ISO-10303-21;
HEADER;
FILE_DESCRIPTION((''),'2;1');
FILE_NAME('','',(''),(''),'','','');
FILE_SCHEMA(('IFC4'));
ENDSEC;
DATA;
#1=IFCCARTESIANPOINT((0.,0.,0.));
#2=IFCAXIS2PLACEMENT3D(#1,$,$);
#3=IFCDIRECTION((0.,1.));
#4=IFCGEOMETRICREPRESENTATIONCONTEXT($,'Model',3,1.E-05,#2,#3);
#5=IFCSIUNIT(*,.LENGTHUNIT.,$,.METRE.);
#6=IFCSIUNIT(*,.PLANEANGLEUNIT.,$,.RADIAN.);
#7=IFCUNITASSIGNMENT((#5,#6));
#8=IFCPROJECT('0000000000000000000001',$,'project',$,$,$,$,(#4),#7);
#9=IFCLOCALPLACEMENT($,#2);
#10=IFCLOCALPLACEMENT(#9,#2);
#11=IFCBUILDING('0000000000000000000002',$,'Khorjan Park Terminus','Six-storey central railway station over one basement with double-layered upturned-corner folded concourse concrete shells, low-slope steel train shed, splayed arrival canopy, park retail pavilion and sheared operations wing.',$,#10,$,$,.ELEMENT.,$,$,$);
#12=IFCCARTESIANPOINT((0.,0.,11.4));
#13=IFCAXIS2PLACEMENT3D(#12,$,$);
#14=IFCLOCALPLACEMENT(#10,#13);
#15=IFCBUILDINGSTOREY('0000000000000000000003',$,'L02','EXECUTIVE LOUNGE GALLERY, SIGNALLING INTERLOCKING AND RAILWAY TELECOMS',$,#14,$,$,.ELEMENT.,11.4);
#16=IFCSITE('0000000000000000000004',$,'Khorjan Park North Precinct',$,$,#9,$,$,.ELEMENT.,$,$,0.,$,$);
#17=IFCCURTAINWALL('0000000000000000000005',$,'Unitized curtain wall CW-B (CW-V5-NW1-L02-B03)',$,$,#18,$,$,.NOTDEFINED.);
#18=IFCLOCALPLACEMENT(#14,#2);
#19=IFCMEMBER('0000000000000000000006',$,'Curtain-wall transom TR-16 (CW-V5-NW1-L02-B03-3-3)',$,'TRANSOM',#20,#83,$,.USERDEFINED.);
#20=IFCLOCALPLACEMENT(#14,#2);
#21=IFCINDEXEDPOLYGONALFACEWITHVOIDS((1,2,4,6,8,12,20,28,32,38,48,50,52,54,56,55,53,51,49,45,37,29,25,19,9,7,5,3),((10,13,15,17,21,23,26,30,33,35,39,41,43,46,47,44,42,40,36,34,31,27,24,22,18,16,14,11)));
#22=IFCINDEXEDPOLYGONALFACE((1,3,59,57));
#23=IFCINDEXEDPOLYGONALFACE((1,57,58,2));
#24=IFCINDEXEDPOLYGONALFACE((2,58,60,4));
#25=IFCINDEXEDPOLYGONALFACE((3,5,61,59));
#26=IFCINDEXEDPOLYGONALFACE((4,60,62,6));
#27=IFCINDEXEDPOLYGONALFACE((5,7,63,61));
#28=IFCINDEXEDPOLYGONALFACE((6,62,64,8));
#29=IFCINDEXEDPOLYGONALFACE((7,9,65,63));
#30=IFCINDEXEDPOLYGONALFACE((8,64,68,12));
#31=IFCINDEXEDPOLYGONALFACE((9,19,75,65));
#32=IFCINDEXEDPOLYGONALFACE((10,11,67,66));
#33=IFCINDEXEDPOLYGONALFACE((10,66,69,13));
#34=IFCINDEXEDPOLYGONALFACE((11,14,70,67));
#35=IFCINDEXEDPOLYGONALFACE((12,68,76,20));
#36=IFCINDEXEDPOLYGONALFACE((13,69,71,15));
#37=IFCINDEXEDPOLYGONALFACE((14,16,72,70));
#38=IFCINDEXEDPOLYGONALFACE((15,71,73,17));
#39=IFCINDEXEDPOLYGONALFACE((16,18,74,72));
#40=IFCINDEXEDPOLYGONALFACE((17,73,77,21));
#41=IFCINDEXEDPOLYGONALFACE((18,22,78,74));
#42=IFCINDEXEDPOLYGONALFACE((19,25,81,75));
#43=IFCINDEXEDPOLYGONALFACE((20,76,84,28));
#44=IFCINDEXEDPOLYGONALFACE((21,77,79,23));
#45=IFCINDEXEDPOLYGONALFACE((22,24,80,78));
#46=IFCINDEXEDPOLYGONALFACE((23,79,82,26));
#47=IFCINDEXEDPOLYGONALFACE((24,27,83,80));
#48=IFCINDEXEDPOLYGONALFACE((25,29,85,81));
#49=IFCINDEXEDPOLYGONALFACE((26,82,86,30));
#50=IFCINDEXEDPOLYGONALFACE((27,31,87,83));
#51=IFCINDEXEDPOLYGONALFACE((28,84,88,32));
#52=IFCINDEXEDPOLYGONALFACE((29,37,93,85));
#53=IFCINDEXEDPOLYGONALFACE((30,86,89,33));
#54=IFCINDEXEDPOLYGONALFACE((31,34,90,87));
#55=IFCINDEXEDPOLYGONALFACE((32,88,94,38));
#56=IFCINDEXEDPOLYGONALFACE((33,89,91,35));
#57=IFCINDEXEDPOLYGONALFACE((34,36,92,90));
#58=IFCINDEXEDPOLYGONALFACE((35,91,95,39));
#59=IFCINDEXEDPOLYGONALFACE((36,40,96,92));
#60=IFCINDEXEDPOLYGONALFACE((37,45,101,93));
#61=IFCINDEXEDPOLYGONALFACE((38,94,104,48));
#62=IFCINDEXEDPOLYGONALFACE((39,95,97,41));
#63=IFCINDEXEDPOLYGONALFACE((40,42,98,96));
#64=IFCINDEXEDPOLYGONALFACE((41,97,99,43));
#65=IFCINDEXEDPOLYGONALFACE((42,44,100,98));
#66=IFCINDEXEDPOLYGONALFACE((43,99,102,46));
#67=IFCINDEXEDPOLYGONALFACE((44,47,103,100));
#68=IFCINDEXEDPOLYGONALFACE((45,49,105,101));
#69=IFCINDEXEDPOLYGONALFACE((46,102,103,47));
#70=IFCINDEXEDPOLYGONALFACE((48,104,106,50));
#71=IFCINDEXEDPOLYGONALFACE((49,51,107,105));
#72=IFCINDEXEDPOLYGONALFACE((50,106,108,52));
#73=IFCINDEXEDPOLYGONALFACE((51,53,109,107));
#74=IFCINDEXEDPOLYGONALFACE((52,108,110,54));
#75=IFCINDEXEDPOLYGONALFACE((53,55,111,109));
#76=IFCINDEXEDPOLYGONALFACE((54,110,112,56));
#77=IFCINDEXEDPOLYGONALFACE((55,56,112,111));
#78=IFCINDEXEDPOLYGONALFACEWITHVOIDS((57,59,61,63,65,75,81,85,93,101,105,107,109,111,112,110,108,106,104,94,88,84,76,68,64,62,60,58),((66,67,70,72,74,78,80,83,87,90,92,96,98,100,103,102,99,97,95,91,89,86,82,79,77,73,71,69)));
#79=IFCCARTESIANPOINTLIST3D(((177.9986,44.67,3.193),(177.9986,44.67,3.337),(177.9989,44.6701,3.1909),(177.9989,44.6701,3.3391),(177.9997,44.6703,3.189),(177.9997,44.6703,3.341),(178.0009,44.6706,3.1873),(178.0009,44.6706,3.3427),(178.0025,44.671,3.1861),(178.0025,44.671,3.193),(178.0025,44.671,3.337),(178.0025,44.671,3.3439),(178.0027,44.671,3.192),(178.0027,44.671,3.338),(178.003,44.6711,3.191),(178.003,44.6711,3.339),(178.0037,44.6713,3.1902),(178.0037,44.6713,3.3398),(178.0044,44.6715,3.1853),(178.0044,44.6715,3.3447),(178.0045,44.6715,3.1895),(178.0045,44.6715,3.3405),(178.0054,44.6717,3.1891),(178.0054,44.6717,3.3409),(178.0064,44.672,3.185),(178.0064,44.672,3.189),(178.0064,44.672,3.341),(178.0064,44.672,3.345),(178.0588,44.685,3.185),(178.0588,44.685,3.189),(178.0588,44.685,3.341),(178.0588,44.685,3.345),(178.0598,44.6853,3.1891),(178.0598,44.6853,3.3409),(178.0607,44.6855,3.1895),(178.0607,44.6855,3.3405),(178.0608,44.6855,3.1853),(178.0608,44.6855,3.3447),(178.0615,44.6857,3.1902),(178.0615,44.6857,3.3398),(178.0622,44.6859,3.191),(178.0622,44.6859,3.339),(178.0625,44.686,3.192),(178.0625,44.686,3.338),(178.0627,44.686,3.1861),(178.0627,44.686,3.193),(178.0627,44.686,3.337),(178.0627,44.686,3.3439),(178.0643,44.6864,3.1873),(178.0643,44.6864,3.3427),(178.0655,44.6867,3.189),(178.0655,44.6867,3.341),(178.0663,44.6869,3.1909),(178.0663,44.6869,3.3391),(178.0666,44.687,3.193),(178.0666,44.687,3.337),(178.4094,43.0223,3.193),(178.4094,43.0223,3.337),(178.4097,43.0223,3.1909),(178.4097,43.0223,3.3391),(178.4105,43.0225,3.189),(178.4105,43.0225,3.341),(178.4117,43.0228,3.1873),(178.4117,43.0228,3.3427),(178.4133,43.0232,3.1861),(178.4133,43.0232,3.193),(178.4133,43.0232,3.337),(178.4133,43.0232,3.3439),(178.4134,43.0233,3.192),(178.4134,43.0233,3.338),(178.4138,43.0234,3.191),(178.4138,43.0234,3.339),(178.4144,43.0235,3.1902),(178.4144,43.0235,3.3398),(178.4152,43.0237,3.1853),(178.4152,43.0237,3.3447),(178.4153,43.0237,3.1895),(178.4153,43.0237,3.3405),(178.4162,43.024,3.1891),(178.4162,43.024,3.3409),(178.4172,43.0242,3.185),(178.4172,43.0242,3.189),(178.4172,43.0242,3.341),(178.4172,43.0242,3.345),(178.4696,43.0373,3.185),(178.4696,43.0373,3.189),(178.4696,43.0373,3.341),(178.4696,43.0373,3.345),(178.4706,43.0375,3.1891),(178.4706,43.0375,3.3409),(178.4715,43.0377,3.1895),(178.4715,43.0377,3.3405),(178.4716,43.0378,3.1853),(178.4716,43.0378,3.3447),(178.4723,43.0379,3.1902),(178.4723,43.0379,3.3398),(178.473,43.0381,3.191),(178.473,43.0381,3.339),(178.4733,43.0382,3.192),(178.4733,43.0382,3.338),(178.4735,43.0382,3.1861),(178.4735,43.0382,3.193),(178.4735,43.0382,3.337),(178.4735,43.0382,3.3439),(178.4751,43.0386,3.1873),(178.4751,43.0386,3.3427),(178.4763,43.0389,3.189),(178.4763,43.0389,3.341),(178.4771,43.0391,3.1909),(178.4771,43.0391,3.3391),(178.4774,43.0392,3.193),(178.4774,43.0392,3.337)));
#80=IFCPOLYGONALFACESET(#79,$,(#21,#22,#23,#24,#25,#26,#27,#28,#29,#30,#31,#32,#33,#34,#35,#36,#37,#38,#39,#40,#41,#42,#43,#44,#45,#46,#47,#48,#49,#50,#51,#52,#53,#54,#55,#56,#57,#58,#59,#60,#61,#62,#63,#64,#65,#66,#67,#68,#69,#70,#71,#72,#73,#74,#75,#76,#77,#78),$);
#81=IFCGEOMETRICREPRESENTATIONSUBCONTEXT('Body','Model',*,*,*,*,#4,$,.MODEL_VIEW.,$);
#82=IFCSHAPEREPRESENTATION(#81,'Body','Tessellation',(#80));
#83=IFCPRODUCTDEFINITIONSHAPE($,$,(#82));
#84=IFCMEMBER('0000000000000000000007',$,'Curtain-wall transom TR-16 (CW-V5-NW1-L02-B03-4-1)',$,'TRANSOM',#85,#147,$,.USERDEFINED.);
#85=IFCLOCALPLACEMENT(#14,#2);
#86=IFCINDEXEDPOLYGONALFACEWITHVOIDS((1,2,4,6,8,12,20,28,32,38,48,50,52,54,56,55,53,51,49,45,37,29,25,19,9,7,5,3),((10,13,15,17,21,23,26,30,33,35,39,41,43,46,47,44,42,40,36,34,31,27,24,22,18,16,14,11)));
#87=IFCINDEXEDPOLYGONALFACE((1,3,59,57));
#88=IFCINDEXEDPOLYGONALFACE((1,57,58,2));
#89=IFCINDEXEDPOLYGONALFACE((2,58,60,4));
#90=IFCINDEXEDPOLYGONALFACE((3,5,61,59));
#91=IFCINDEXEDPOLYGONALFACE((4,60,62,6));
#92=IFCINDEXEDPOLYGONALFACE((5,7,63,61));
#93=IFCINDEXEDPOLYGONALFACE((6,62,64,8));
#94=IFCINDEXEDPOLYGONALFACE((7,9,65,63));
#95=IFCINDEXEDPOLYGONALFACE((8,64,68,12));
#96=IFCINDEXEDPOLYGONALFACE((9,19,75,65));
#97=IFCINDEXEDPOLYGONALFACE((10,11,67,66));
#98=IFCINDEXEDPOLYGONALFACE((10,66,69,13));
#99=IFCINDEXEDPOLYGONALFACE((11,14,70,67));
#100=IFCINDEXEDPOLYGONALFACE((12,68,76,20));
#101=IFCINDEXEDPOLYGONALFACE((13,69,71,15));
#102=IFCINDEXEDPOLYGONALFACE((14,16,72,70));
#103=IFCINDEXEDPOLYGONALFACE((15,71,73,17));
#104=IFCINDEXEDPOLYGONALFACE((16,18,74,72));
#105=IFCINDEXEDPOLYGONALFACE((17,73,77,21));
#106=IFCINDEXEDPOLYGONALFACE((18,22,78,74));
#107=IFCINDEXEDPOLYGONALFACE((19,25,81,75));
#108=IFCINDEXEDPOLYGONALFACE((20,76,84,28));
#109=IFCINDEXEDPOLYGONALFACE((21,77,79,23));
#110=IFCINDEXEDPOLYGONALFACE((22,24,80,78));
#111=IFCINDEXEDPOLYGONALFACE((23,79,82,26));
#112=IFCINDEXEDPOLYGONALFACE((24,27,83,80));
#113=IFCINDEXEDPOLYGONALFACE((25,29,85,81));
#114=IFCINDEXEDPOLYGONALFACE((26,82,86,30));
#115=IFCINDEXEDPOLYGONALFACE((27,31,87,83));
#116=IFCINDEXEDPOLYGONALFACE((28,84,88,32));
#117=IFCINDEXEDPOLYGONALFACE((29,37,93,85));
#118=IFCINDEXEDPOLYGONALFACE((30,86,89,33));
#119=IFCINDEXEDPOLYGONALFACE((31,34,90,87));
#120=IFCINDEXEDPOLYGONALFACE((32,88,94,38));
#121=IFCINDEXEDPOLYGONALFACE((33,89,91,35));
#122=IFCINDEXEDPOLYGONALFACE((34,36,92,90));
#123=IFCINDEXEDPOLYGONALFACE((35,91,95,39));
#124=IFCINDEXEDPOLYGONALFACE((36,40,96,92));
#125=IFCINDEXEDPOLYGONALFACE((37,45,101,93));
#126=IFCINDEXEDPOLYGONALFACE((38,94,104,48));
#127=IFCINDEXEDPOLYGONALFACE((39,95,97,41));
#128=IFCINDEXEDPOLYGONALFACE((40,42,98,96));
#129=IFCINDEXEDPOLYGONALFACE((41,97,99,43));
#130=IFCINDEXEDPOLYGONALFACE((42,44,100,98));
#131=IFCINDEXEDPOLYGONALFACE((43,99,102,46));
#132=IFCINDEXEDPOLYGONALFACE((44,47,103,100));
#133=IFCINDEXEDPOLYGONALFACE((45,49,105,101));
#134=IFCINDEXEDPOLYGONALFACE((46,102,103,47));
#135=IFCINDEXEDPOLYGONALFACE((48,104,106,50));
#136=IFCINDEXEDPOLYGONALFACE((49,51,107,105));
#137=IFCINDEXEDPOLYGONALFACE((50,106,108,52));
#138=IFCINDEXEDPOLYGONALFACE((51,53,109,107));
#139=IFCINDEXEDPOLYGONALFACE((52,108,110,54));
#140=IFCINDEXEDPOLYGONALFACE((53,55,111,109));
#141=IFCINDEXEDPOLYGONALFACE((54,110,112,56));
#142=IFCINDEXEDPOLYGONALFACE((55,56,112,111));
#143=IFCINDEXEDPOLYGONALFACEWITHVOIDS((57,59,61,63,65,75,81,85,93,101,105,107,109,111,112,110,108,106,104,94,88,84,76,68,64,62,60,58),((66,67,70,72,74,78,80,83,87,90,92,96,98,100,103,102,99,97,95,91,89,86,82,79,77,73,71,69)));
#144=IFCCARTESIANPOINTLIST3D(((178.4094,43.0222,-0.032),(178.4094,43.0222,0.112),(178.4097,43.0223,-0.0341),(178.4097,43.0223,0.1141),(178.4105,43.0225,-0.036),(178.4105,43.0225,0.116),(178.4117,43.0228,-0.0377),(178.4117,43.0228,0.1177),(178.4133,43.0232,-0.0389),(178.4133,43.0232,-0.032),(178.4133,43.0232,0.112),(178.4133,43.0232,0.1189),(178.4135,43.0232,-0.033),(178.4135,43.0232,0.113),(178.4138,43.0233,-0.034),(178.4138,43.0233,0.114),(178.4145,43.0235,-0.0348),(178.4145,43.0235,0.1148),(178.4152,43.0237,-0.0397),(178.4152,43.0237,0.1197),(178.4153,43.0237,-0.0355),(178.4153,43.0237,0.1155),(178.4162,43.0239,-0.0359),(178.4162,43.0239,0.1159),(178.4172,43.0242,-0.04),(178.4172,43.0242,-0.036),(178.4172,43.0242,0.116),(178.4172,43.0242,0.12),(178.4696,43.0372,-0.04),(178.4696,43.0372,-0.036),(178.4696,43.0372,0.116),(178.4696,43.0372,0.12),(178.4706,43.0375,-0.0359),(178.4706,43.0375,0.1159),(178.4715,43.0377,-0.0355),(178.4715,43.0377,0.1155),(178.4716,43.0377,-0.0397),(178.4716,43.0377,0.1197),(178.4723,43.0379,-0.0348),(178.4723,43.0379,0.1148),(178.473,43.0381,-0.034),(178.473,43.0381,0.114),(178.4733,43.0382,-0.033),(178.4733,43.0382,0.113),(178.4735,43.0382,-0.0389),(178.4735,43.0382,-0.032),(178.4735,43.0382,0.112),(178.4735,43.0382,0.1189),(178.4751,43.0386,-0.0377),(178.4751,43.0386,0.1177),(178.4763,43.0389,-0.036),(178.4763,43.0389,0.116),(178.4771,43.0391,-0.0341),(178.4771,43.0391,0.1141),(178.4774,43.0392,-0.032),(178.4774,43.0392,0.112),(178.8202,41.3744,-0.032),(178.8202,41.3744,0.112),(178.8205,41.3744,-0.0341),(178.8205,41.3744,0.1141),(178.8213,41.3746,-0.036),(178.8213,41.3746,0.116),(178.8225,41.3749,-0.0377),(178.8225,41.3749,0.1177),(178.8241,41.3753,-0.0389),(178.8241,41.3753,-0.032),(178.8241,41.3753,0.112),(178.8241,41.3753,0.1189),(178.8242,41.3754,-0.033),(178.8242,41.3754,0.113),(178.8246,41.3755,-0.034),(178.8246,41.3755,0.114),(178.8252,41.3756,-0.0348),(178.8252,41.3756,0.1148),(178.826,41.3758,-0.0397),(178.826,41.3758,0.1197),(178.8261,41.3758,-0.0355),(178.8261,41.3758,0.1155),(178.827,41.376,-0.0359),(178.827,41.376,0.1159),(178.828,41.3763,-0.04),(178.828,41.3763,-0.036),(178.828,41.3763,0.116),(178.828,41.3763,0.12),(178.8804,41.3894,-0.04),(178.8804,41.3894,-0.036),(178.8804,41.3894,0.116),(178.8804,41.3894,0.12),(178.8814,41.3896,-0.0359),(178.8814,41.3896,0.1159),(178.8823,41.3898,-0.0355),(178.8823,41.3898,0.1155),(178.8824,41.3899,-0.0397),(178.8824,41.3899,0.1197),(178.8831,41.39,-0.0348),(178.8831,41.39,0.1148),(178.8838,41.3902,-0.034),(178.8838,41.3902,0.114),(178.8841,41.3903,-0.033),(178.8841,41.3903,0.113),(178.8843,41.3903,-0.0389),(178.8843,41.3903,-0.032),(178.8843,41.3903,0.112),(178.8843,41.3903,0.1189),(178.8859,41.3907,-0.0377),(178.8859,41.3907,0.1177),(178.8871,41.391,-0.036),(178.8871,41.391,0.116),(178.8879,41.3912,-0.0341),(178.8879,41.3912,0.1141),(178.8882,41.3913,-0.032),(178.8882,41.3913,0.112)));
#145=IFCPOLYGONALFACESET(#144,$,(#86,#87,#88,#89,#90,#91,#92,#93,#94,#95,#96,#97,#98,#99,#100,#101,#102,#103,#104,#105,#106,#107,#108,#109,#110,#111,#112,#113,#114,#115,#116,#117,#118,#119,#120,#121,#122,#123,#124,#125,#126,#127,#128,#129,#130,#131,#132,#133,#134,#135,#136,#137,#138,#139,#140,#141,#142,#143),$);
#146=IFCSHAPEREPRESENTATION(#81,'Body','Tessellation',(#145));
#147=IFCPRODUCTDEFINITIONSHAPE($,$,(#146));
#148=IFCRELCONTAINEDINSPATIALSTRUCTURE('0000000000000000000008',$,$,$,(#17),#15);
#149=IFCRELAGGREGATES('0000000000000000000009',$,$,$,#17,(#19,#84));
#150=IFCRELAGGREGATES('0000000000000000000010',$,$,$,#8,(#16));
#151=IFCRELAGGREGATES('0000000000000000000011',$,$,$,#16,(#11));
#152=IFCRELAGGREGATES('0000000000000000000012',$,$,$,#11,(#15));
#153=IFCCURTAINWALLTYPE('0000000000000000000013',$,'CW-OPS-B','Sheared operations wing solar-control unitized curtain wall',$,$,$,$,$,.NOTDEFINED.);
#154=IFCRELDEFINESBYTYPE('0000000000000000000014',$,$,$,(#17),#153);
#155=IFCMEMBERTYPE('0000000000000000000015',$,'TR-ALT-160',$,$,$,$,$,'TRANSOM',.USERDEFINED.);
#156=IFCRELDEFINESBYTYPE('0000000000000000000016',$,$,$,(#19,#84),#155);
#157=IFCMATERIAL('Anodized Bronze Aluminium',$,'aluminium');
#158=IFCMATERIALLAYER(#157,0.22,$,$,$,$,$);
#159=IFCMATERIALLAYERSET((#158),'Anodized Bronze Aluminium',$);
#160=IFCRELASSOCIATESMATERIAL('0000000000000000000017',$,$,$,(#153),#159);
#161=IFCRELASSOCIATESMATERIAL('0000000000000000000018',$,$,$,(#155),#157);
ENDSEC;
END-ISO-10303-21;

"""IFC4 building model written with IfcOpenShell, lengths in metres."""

from ifc_helpers import new_model, si_unit, direction, frame, origin, origin_2d, place, context, subcontext, project, spatial, hollow_rectangle, extrude, material, layer, layer_set, material_profile, profile_set, type_object, element, aggregate, save


model = new_model("IFC4")

# Units and contexts
model_context = context("Model", 3, precision=1e-05, world=origin(), true_north=direction((0.0, 1.0)))
body_context = subcontext(model_context, "Body", "Model", "MODEL_VIEW")
ifc_project = project(units=[si_unit("LENGTHUNIT", "METRE"), si_unit("PLANEANGLEUNIT", "RADIAN")], contexts=[model_context])

# Site, building, storey
site_placement = place(None, origin())
site = spatial("IfcSite", under=ifc_project, at=site_placement, Name="Khorjan Park North Precinct", CompositionType="ELEMENT", RefElevation=0.0)
building_placement = place(site_placement, origin())
building = spatial("IfcBuilding", under=site, at=building_placement, Name="Khorjan Park Terminus", Description="Six-storey central railway station over one basement with double-layered upturned-corner folded concourse concrete shells, low-slope steel train shed, splayed arrival canopy, park retail pavilion and sheared operations wing.", CompositionType="ELEMENT")
storey_placement = place(building_placement, frame((0.0, 0.0, 11.4)))
storey = spatial("IfcBuildingStorey", under=building, at=storey_placement, Name="L02", Description="EXECUTIVE LOUNGE GALLERY, SIGNALLING INTERLOCKING AND RAILWAY TELECOMS", CompositionType="ELEMENT", Elevation=11.4)

# Curtain wall
ifc_material_1 = material(Name="Anodized Bronze Aluminium", Category="aluminium")
ifc_layer_1 = layer(ifc_material_1, 0.22)
ifc_layer_set_1 = layer_set([ifc_layer_1], Name="Anodized Bronze Aluminium")
curtain_wall_type = type_object("IfcCurtainWallType", Name="CW-OPS-B", Description="Sheared operations wing solar-control unitized curtain wall", PredefinedType="NOTDEFINED", material=ifc_layer_set_1)
curtain_wall_1_placement = place(storey_placement, origin())
curtain_wall_1 = element("IfcCurtainWall", 1, at=curtain_wall_1_placement, inside=storey, type_object=curtain_wall_type, Name="Unitized curtain wall CW-B (CW-V5-NW1-L02-B03)", PredefinedType="NOTDEFINED")

# Members
ifc_material_profile_1 = material_profile(ifc_material_1, hollow_rectangle(XDim=0.07, YDim=0.16, WallThickness=0.004, InnerFilletRadius=0.004, OuterFilletRadius=0.008, at=origin_2d()), Name="ALT 70x160x4")
ifc_profile_set_1 = profile_set([ifc_material_profile_1], Name="Anodized Bronze Aluminium")
member_type_1 = type_object("IfcMemberType", Name="TR-ALT-160", ElementType="TRANSOM", PredefinedType="USERDEFINED", material=ifc_profile_set_1)
member_1_placement = place(storey_placement, frame((178.0326, 44.6785, 3.265), z_axis=(0.241898, -0.970302, 0.0), x_axis=(0.970302, 0.241898, 0.0)))
member_1 = element("IfcMember", 2, at=member_1_placement, type_object=member_type_1, Name="Curtain-wall transom TR-16 (CW-V5-NW1-L02-B03-3-3)", ObjectType="TRANSOM", PredefinedType="USERDEFINED", context=body_context, shape_type="SweptSolid", body=[
    extrude(hollow_rectangle(XDim=0.07, YDim=0.16, WallThickness=0.004, InnerFilletRadius=0.004, OuterFilletRadius=0.008, at=origin_2d()), origin(), (0.0, 0.0, 1.0), 1.6982),
])
member_2_placement = place(storey_placement, frame((178.4434, 43.0307, 0.04), z_axis=(0.241884, -0.970305, 0.0), x_axis=(0.970305, 0.241884, 0.0)))
member_2 = element("IfcMember", 3, at=member_2_placement, type_object=member_type_1, Name="Curtain-wall transom TR-16 (CW-V5-NW1-L02-B03-4-1)", ObjectType="TRANSOM", PredefinedType="USERDEFINED", context=body_context, shape_type="SweptSolid", body=[
    extrude(hollow_rectangle(XDim=0.07, YDim=0.16, WallThickness=0.004, InnerFilletRadius=0.004, OuterFilletRadius=0.008, at=origin_2d()), origin(), (0.0, 0.0, 1.0), 1.6983),
])

aggregate(curtain_wall_1, [member_1, member_2])

save(model, "model.ifc")
